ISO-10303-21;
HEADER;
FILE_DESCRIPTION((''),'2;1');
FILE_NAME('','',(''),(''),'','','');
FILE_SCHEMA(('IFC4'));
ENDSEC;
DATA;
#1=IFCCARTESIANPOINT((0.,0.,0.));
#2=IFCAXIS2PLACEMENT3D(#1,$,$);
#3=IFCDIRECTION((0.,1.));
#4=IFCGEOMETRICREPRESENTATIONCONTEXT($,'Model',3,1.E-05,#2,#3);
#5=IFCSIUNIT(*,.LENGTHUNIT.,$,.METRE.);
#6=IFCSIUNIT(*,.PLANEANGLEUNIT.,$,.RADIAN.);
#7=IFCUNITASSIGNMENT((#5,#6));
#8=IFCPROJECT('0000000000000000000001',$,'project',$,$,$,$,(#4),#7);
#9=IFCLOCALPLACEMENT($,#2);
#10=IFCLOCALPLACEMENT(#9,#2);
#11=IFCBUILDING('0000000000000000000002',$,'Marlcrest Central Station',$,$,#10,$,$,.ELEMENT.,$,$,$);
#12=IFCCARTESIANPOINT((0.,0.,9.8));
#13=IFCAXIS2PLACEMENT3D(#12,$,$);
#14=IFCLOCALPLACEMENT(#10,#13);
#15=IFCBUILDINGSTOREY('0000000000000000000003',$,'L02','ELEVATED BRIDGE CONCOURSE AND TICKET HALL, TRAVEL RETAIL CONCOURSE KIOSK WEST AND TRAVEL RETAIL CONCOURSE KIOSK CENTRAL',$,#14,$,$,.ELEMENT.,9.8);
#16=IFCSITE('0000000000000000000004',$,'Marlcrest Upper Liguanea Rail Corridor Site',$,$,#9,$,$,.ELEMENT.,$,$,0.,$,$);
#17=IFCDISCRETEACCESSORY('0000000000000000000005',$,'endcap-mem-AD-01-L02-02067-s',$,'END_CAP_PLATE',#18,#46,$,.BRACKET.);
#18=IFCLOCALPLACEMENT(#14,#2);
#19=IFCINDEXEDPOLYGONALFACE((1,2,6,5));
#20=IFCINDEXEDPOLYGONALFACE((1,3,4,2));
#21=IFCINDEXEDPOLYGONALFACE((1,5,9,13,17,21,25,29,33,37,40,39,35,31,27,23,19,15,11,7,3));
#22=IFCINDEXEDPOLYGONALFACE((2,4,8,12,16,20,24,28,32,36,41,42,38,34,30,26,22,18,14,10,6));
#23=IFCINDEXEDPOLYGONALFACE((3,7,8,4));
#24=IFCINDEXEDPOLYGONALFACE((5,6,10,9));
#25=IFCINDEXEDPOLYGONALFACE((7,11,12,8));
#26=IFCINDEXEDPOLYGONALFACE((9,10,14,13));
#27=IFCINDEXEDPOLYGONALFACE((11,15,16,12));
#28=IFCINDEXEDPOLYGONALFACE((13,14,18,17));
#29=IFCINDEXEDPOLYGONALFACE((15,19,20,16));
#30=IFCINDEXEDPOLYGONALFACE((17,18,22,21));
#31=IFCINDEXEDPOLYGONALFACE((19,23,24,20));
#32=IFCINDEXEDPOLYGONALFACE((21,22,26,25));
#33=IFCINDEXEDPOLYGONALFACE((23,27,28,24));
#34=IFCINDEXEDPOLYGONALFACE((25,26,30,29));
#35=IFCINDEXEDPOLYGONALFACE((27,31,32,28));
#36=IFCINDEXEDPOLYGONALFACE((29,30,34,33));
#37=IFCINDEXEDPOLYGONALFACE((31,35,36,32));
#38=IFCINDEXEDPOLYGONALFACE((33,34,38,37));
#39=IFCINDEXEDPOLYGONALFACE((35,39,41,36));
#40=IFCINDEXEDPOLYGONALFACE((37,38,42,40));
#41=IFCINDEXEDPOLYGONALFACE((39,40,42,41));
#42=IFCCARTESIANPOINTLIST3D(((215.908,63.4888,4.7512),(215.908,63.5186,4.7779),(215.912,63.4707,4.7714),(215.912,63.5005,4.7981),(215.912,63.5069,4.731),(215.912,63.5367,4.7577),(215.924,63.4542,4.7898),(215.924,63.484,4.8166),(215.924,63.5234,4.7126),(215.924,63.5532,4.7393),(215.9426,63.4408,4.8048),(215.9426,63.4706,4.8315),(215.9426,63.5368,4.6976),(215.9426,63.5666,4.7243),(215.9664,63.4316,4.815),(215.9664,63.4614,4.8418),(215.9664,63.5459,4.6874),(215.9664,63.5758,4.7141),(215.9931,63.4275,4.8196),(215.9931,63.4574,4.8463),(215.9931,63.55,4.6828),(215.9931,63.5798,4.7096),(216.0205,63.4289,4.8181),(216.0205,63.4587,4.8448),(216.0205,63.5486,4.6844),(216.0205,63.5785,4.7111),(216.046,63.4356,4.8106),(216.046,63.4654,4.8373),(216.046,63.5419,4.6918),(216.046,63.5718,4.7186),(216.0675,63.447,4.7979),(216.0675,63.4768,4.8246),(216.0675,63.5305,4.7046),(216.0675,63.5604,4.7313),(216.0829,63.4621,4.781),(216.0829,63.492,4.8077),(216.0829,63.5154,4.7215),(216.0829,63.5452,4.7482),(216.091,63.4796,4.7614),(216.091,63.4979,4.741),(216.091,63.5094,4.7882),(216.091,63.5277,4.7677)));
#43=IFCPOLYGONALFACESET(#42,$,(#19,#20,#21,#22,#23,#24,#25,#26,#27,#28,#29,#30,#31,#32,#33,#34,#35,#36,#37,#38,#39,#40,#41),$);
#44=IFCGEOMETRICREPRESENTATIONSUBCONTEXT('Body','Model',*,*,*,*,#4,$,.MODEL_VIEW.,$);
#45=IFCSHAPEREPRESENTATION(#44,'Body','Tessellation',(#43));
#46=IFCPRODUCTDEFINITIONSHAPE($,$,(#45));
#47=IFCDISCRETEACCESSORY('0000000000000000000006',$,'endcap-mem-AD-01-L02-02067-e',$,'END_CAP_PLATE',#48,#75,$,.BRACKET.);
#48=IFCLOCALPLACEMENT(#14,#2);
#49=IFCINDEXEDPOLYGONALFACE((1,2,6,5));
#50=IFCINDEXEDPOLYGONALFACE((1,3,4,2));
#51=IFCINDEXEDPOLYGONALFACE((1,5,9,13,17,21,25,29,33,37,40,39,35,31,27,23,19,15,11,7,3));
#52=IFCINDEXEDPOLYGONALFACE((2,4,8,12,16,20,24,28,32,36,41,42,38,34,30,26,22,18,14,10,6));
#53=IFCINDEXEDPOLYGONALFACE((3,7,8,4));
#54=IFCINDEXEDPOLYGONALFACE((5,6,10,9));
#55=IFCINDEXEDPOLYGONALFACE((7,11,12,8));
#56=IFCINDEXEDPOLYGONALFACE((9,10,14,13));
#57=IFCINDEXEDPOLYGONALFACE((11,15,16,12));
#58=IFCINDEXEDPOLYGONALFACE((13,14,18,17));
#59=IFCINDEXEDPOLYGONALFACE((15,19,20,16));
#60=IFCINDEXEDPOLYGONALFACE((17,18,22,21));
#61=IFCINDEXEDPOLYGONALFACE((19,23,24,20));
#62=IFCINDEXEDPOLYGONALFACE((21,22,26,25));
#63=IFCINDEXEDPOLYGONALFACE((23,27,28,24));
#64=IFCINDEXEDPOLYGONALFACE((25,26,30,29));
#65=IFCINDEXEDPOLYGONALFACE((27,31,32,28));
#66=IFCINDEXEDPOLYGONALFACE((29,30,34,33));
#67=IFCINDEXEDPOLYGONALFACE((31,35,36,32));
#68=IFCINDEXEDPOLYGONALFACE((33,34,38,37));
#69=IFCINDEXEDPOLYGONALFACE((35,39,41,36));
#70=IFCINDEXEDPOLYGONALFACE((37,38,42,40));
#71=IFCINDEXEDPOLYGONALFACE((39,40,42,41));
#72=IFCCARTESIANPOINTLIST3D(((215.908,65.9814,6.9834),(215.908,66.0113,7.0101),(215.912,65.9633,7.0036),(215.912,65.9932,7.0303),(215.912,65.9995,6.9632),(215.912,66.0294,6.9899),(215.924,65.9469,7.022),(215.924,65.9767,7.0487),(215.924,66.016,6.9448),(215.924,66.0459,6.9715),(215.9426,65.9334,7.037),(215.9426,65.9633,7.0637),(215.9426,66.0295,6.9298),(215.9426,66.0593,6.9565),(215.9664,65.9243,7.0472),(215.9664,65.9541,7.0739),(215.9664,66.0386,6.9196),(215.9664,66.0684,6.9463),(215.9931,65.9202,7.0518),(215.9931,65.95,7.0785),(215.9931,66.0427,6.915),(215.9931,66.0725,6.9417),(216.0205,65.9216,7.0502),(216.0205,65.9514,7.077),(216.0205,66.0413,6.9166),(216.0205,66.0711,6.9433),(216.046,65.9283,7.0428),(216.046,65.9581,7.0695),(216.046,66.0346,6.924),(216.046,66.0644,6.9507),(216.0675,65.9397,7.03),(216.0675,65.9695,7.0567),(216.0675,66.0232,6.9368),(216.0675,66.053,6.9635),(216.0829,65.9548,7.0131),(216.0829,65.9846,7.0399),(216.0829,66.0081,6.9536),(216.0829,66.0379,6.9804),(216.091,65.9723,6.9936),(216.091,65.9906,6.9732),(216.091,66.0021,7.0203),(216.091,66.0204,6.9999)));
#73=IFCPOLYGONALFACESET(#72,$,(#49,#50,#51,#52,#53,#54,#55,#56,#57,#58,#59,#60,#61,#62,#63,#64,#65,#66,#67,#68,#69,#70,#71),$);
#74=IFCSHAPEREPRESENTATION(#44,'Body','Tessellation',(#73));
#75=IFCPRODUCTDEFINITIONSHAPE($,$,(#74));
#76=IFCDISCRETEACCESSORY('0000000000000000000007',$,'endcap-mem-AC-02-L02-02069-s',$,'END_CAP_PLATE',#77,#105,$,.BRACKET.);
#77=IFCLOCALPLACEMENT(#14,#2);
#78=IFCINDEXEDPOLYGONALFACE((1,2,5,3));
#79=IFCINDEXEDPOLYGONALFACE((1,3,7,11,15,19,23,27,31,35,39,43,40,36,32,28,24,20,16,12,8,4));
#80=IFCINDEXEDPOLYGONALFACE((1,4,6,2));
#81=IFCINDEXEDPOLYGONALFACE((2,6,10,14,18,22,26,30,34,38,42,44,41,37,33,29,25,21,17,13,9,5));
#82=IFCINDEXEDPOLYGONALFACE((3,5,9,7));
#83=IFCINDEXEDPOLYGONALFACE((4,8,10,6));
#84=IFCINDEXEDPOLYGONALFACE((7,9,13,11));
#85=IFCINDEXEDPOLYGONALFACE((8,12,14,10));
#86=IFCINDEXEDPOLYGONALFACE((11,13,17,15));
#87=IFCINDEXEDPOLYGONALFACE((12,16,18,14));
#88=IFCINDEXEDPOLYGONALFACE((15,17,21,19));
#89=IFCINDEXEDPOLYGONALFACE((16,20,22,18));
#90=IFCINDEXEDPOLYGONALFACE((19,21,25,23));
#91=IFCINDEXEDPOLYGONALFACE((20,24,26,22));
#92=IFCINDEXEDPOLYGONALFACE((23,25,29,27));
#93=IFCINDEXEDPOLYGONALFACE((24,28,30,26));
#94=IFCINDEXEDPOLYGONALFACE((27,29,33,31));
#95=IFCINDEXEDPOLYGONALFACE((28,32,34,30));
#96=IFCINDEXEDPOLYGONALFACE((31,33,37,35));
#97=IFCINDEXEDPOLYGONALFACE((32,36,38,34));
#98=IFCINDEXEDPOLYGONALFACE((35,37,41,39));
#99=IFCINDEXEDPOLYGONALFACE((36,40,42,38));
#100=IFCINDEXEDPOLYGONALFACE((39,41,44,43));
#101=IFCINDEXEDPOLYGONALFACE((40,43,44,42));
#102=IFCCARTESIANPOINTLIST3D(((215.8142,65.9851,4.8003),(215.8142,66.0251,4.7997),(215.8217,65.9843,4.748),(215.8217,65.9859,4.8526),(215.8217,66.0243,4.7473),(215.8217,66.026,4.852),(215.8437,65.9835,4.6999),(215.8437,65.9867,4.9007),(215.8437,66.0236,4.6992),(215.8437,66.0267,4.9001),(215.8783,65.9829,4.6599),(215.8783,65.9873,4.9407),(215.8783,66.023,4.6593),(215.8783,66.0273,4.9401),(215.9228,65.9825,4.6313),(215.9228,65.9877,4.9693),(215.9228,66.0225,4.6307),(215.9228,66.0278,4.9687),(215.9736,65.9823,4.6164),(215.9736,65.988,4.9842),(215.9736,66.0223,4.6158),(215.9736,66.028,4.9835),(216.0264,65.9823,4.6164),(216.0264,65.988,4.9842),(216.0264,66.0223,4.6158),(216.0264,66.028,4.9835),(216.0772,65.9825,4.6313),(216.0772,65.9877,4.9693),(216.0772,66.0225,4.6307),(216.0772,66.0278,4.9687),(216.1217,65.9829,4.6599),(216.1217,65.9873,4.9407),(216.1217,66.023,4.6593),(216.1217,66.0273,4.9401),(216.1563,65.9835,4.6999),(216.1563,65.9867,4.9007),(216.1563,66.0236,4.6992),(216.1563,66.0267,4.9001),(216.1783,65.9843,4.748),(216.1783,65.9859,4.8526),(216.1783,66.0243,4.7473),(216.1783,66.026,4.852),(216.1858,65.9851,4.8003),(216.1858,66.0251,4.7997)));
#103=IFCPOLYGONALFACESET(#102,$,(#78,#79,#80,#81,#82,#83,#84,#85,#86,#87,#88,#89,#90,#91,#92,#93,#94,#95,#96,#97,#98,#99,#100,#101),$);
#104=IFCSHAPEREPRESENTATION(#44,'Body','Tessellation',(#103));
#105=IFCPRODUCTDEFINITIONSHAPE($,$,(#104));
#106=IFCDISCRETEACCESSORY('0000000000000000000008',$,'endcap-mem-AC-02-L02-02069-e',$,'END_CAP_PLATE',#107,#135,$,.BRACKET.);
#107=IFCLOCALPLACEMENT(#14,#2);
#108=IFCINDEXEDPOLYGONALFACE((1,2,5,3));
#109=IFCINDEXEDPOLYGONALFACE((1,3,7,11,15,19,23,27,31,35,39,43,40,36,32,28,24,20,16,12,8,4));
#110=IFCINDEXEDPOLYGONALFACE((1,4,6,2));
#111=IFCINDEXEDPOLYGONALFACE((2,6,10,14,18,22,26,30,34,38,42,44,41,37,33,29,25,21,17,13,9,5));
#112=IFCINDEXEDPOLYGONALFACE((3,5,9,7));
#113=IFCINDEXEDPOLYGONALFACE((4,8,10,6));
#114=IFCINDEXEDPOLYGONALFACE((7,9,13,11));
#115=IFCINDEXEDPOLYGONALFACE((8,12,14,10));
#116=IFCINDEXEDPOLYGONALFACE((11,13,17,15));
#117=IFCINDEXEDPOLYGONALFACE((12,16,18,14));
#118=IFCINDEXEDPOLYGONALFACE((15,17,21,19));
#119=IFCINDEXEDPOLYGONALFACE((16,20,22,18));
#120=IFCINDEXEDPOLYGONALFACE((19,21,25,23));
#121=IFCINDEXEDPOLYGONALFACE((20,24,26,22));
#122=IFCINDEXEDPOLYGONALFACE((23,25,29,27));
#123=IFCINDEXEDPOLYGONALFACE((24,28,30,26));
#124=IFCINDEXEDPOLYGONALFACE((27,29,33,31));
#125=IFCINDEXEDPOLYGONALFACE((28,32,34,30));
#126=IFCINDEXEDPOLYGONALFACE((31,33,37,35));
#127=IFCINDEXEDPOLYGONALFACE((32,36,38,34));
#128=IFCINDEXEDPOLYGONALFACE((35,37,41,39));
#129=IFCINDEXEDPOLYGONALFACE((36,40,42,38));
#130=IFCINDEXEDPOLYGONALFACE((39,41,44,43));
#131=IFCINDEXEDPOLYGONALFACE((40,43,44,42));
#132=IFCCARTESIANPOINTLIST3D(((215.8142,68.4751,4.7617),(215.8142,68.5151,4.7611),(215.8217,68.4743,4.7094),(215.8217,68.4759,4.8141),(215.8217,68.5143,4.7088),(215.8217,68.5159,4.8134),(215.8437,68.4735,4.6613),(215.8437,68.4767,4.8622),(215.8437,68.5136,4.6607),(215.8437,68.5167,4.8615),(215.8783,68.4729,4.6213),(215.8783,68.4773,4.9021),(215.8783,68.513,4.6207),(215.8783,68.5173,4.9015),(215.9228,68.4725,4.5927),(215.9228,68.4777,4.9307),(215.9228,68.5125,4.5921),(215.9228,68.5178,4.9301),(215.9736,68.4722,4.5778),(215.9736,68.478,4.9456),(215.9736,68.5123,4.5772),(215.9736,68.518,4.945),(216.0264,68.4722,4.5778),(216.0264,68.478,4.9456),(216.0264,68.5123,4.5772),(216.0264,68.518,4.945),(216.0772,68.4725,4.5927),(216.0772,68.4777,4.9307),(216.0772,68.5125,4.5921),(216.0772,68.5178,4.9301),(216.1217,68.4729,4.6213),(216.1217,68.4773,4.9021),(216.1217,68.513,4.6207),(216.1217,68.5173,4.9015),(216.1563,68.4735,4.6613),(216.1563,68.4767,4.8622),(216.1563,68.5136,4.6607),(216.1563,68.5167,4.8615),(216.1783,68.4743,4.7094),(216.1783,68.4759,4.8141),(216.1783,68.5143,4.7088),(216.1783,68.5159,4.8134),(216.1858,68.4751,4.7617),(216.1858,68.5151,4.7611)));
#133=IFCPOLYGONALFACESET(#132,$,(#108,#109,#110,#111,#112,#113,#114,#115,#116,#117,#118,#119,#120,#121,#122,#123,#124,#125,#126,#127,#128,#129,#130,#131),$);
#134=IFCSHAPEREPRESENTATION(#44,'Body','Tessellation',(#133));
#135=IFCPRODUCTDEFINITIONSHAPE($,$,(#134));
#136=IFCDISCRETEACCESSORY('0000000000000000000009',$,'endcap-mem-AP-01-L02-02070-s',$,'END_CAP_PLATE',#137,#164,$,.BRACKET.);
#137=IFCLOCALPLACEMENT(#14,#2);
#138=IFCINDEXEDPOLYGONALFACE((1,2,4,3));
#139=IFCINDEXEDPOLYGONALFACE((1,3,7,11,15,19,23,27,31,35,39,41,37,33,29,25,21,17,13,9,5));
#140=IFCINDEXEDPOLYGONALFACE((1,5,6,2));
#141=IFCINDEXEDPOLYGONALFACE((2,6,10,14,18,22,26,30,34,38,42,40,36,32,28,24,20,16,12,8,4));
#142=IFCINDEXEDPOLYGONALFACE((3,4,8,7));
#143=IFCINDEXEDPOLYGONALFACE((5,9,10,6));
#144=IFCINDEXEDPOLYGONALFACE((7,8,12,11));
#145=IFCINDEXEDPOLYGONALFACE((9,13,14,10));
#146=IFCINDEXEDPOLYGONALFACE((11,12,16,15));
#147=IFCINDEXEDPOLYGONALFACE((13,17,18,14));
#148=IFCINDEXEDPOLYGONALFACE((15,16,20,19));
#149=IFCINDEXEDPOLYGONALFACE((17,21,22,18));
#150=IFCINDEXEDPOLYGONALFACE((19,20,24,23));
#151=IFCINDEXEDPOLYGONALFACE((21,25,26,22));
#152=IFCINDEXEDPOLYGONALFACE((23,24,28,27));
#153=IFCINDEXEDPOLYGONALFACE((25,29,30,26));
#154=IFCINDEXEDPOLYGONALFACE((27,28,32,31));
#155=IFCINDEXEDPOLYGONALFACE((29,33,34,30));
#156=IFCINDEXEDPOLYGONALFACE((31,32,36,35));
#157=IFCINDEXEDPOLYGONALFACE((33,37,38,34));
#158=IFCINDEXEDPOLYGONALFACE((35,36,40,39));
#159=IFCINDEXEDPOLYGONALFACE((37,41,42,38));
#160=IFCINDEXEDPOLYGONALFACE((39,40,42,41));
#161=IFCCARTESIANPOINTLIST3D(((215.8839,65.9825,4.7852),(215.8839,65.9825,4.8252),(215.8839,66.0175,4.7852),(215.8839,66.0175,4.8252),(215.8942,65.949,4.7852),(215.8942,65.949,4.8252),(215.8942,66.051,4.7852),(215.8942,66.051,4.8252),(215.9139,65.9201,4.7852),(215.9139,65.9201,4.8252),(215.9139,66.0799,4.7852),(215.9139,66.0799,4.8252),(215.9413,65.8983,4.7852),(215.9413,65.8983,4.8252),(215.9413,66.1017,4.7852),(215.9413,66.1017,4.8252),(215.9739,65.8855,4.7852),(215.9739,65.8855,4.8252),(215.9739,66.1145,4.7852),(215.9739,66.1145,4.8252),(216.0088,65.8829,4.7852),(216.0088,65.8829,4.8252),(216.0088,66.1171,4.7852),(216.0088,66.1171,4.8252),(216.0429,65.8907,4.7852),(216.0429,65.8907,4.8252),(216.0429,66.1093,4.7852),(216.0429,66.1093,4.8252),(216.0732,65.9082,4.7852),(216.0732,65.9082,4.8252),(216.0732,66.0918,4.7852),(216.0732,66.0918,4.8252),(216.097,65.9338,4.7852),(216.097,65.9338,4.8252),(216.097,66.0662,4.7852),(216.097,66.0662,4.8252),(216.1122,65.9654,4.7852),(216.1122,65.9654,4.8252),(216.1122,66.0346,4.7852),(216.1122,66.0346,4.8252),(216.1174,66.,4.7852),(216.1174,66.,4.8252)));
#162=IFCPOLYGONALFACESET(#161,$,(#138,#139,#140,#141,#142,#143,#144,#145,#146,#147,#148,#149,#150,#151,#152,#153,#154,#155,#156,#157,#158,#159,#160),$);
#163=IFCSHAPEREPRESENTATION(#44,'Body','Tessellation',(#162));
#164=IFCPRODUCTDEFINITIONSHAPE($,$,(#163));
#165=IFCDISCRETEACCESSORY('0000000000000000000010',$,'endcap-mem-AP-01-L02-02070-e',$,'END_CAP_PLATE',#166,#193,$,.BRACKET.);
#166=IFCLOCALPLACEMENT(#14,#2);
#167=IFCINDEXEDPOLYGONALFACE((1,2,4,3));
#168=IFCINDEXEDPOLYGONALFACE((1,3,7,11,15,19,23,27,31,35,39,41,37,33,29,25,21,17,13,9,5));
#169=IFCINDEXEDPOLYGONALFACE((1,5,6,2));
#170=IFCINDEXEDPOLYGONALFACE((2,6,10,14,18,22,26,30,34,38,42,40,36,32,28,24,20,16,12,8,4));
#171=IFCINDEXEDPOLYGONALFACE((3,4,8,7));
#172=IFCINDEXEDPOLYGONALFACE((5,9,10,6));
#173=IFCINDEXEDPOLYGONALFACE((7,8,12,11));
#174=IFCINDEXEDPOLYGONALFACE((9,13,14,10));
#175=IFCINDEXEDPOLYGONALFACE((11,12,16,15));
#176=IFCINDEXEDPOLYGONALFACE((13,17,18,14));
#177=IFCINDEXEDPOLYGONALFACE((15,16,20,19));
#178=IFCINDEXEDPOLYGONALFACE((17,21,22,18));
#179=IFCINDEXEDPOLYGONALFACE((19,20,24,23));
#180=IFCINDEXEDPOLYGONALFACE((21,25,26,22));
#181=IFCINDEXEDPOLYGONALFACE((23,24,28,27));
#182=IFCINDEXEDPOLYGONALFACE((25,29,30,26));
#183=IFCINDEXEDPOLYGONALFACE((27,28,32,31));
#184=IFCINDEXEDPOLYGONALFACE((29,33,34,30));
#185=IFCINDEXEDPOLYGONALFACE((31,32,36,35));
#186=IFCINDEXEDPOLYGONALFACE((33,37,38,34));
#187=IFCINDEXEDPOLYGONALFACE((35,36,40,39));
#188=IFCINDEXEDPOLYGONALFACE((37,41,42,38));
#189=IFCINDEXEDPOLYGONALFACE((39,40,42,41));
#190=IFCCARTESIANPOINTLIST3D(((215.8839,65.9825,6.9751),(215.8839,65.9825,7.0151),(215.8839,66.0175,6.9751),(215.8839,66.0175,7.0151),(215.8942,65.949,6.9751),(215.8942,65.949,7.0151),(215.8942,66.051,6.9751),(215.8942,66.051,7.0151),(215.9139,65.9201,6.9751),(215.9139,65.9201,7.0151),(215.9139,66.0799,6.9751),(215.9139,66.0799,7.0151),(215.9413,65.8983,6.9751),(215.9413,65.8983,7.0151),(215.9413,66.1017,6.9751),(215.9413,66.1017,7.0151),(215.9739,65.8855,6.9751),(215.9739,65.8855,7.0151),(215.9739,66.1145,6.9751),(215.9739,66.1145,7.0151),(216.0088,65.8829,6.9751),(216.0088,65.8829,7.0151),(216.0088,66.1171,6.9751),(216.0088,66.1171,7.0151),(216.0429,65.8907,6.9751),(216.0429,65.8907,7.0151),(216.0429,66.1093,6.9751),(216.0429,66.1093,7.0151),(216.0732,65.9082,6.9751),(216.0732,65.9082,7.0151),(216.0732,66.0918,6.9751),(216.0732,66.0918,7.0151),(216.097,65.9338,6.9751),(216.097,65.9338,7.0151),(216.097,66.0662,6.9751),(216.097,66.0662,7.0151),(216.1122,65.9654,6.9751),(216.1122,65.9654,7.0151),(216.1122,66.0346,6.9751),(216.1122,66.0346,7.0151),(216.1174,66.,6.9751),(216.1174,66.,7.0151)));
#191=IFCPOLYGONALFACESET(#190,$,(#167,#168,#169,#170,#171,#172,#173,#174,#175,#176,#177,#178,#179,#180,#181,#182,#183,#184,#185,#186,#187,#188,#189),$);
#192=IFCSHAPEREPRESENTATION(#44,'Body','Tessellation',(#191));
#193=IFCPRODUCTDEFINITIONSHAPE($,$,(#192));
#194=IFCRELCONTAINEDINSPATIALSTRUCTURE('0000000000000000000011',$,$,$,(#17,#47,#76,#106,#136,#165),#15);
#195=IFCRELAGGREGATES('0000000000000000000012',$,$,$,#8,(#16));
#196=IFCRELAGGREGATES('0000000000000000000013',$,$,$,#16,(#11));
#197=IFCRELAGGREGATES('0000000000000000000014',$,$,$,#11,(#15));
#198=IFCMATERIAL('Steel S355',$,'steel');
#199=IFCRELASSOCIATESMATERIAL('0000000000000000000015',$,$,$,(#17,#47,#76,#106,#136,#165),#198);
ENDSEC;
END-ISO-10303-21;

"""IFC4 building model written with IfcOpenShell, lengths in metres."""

from ifc_helpers import new_model, si_unit, direction, frame, origin, origin_2d, place, context, subcontext, project, spatial, circle, extrude, material, element, save


model = new_model("IFC4")

# Units and contexts
model_context = context("Model", 3, precision=1e-05, world=origin(), true_north=direction((0.0, 1.0)))
body_context = subcontext(model_context, "Body", "Model", "MODEL_VIEW")
ifc_project = project(units=[si_unit("LENGTHUNIT", "METRE"), si_unit("PLANEANGLEUNIT", "RADIAN")], contexts=[model_context])

# Site, building, storey
site_placement = place(None, origin())
site = spatial("IfcSite", under=ifc_project, at=site_placement, Name="Marlcrest Upper Liguanea Rail Corridor Site", CompositionType="ELEMENT", RefElevation=0.0)
building_placement = place(site_placement, origin())
building = spatial("IfcBuilding", under=site, at=building_placement, Name="Marlcrest Central Station", CompositionType="ELEMENT")
storey_placement = place(building_placement, frame((0.0, 0.0, 9.8)))
storey = spatial("IfcBuildingStorey", under=building, at=storey_placement, Name="L02", Description="ELEVATED BRIDGE CONCOURSE AND TICKET HALL, TRAVEL RETAIL CONCOURSE KIOSK WEST AND TRAVEL RETAIL CONCOURSE KIOSK CENTRAL", CompositionType="ELEMENT", Elevation=9.8)

# Shared definitions
ifc_material = material(Name="Steel S355", Category="steel")

# Discrete accessories
for number, where, z_axis, x_axis, name in (
    (1, (216.0, 63.4888, 4.7512), (0.0, 0.744956, 0.667114), (-1.0, 0.0, 0.0), "endcap-mem-AD-01-L02-02067-s"),
    (2, (216.0, 65.9814, 6.9834), (0.0, 0.744956, 0.667114), (-1.0, 0.0, 0.0), "endcap-mem-AD-01-L02-02067-e"),
):
    element("IfcDiscreteAccessory", number, at=place(storey_placement, frame(where, z_axis=z_axis, x_axis=x_axis)), inside=storey, material=ifc_material, Name=name, ObjectType="END_CAP_PLATE", PredefinedType="BRACKET", context=body_context, shape_type="SweptSolid", body=[
        extrude(circle(Radius=0.092, at=origin_2d()), origin(), (0.0, 0.0, 1.0), 0.04),
    ])
for number, where, z_axis, x_axis, name in (
    (3, (216.0, 65.9851, 4.8003), (0.0, 0.999879, -0.015525), (-1.0, 0.0, 0.0), "endcap-mem-AC-02-L02-02069-s"),
    (4, (216.0, 68.4751, 4.7617), (0.0, 0.999879, -0.015525), (-1.0, 0.0, 0.0), "endcap-mem-AC-02-L02-02069-e"),
):
    element("IfcDiscreteAccessory", number, at=place(storey_placement, frame(where, z_axis=z_axis, x_axis=x_axis)), inside=storey, material=ifc_material, Name=name, ObjectType="END_CAP_PLATE", PredefinedType="BRACKET", context=body_context, shape_type="SweptSolid", body=[
        extrude(circle(Radius=0.1858, at=origin_2d()), origin(), (0.0, 0.0, 1.0), 0.04),
    ])
for number, where, z_axis, x_axis, name in (
    (5, (216.0, 66.0, 4.7852), (0.0, 0.0, 1.0), (1.0, 0.0, 0.0), "endcap-mem-AP-01-L02-02070-s"),
    (6, (216.0, 66.0, 6.9751), (0.0, 0.0, 1.0), (1.0, 0.0, 0.0), "endcap-mem-AP-01-L02-02070-e"),
):
    element("IfcDiscreteAccessory", number, at=place(storey_placement, frame(where, z_axis=z_axis, x_axis=x_axis)), inside=storey, material=ifc_material, Name=name, ObjectType="END_CAP_PLATE", PredefinedType="BRACKET", context=body_context, shape_type="SweptSolid", body=[
        extrude(circle(Radius=0.1174, at=origin_2d()), origin(), (0.0, 0.0, 1.0), 0.04),
    ])

save(model, "model.ifc")
